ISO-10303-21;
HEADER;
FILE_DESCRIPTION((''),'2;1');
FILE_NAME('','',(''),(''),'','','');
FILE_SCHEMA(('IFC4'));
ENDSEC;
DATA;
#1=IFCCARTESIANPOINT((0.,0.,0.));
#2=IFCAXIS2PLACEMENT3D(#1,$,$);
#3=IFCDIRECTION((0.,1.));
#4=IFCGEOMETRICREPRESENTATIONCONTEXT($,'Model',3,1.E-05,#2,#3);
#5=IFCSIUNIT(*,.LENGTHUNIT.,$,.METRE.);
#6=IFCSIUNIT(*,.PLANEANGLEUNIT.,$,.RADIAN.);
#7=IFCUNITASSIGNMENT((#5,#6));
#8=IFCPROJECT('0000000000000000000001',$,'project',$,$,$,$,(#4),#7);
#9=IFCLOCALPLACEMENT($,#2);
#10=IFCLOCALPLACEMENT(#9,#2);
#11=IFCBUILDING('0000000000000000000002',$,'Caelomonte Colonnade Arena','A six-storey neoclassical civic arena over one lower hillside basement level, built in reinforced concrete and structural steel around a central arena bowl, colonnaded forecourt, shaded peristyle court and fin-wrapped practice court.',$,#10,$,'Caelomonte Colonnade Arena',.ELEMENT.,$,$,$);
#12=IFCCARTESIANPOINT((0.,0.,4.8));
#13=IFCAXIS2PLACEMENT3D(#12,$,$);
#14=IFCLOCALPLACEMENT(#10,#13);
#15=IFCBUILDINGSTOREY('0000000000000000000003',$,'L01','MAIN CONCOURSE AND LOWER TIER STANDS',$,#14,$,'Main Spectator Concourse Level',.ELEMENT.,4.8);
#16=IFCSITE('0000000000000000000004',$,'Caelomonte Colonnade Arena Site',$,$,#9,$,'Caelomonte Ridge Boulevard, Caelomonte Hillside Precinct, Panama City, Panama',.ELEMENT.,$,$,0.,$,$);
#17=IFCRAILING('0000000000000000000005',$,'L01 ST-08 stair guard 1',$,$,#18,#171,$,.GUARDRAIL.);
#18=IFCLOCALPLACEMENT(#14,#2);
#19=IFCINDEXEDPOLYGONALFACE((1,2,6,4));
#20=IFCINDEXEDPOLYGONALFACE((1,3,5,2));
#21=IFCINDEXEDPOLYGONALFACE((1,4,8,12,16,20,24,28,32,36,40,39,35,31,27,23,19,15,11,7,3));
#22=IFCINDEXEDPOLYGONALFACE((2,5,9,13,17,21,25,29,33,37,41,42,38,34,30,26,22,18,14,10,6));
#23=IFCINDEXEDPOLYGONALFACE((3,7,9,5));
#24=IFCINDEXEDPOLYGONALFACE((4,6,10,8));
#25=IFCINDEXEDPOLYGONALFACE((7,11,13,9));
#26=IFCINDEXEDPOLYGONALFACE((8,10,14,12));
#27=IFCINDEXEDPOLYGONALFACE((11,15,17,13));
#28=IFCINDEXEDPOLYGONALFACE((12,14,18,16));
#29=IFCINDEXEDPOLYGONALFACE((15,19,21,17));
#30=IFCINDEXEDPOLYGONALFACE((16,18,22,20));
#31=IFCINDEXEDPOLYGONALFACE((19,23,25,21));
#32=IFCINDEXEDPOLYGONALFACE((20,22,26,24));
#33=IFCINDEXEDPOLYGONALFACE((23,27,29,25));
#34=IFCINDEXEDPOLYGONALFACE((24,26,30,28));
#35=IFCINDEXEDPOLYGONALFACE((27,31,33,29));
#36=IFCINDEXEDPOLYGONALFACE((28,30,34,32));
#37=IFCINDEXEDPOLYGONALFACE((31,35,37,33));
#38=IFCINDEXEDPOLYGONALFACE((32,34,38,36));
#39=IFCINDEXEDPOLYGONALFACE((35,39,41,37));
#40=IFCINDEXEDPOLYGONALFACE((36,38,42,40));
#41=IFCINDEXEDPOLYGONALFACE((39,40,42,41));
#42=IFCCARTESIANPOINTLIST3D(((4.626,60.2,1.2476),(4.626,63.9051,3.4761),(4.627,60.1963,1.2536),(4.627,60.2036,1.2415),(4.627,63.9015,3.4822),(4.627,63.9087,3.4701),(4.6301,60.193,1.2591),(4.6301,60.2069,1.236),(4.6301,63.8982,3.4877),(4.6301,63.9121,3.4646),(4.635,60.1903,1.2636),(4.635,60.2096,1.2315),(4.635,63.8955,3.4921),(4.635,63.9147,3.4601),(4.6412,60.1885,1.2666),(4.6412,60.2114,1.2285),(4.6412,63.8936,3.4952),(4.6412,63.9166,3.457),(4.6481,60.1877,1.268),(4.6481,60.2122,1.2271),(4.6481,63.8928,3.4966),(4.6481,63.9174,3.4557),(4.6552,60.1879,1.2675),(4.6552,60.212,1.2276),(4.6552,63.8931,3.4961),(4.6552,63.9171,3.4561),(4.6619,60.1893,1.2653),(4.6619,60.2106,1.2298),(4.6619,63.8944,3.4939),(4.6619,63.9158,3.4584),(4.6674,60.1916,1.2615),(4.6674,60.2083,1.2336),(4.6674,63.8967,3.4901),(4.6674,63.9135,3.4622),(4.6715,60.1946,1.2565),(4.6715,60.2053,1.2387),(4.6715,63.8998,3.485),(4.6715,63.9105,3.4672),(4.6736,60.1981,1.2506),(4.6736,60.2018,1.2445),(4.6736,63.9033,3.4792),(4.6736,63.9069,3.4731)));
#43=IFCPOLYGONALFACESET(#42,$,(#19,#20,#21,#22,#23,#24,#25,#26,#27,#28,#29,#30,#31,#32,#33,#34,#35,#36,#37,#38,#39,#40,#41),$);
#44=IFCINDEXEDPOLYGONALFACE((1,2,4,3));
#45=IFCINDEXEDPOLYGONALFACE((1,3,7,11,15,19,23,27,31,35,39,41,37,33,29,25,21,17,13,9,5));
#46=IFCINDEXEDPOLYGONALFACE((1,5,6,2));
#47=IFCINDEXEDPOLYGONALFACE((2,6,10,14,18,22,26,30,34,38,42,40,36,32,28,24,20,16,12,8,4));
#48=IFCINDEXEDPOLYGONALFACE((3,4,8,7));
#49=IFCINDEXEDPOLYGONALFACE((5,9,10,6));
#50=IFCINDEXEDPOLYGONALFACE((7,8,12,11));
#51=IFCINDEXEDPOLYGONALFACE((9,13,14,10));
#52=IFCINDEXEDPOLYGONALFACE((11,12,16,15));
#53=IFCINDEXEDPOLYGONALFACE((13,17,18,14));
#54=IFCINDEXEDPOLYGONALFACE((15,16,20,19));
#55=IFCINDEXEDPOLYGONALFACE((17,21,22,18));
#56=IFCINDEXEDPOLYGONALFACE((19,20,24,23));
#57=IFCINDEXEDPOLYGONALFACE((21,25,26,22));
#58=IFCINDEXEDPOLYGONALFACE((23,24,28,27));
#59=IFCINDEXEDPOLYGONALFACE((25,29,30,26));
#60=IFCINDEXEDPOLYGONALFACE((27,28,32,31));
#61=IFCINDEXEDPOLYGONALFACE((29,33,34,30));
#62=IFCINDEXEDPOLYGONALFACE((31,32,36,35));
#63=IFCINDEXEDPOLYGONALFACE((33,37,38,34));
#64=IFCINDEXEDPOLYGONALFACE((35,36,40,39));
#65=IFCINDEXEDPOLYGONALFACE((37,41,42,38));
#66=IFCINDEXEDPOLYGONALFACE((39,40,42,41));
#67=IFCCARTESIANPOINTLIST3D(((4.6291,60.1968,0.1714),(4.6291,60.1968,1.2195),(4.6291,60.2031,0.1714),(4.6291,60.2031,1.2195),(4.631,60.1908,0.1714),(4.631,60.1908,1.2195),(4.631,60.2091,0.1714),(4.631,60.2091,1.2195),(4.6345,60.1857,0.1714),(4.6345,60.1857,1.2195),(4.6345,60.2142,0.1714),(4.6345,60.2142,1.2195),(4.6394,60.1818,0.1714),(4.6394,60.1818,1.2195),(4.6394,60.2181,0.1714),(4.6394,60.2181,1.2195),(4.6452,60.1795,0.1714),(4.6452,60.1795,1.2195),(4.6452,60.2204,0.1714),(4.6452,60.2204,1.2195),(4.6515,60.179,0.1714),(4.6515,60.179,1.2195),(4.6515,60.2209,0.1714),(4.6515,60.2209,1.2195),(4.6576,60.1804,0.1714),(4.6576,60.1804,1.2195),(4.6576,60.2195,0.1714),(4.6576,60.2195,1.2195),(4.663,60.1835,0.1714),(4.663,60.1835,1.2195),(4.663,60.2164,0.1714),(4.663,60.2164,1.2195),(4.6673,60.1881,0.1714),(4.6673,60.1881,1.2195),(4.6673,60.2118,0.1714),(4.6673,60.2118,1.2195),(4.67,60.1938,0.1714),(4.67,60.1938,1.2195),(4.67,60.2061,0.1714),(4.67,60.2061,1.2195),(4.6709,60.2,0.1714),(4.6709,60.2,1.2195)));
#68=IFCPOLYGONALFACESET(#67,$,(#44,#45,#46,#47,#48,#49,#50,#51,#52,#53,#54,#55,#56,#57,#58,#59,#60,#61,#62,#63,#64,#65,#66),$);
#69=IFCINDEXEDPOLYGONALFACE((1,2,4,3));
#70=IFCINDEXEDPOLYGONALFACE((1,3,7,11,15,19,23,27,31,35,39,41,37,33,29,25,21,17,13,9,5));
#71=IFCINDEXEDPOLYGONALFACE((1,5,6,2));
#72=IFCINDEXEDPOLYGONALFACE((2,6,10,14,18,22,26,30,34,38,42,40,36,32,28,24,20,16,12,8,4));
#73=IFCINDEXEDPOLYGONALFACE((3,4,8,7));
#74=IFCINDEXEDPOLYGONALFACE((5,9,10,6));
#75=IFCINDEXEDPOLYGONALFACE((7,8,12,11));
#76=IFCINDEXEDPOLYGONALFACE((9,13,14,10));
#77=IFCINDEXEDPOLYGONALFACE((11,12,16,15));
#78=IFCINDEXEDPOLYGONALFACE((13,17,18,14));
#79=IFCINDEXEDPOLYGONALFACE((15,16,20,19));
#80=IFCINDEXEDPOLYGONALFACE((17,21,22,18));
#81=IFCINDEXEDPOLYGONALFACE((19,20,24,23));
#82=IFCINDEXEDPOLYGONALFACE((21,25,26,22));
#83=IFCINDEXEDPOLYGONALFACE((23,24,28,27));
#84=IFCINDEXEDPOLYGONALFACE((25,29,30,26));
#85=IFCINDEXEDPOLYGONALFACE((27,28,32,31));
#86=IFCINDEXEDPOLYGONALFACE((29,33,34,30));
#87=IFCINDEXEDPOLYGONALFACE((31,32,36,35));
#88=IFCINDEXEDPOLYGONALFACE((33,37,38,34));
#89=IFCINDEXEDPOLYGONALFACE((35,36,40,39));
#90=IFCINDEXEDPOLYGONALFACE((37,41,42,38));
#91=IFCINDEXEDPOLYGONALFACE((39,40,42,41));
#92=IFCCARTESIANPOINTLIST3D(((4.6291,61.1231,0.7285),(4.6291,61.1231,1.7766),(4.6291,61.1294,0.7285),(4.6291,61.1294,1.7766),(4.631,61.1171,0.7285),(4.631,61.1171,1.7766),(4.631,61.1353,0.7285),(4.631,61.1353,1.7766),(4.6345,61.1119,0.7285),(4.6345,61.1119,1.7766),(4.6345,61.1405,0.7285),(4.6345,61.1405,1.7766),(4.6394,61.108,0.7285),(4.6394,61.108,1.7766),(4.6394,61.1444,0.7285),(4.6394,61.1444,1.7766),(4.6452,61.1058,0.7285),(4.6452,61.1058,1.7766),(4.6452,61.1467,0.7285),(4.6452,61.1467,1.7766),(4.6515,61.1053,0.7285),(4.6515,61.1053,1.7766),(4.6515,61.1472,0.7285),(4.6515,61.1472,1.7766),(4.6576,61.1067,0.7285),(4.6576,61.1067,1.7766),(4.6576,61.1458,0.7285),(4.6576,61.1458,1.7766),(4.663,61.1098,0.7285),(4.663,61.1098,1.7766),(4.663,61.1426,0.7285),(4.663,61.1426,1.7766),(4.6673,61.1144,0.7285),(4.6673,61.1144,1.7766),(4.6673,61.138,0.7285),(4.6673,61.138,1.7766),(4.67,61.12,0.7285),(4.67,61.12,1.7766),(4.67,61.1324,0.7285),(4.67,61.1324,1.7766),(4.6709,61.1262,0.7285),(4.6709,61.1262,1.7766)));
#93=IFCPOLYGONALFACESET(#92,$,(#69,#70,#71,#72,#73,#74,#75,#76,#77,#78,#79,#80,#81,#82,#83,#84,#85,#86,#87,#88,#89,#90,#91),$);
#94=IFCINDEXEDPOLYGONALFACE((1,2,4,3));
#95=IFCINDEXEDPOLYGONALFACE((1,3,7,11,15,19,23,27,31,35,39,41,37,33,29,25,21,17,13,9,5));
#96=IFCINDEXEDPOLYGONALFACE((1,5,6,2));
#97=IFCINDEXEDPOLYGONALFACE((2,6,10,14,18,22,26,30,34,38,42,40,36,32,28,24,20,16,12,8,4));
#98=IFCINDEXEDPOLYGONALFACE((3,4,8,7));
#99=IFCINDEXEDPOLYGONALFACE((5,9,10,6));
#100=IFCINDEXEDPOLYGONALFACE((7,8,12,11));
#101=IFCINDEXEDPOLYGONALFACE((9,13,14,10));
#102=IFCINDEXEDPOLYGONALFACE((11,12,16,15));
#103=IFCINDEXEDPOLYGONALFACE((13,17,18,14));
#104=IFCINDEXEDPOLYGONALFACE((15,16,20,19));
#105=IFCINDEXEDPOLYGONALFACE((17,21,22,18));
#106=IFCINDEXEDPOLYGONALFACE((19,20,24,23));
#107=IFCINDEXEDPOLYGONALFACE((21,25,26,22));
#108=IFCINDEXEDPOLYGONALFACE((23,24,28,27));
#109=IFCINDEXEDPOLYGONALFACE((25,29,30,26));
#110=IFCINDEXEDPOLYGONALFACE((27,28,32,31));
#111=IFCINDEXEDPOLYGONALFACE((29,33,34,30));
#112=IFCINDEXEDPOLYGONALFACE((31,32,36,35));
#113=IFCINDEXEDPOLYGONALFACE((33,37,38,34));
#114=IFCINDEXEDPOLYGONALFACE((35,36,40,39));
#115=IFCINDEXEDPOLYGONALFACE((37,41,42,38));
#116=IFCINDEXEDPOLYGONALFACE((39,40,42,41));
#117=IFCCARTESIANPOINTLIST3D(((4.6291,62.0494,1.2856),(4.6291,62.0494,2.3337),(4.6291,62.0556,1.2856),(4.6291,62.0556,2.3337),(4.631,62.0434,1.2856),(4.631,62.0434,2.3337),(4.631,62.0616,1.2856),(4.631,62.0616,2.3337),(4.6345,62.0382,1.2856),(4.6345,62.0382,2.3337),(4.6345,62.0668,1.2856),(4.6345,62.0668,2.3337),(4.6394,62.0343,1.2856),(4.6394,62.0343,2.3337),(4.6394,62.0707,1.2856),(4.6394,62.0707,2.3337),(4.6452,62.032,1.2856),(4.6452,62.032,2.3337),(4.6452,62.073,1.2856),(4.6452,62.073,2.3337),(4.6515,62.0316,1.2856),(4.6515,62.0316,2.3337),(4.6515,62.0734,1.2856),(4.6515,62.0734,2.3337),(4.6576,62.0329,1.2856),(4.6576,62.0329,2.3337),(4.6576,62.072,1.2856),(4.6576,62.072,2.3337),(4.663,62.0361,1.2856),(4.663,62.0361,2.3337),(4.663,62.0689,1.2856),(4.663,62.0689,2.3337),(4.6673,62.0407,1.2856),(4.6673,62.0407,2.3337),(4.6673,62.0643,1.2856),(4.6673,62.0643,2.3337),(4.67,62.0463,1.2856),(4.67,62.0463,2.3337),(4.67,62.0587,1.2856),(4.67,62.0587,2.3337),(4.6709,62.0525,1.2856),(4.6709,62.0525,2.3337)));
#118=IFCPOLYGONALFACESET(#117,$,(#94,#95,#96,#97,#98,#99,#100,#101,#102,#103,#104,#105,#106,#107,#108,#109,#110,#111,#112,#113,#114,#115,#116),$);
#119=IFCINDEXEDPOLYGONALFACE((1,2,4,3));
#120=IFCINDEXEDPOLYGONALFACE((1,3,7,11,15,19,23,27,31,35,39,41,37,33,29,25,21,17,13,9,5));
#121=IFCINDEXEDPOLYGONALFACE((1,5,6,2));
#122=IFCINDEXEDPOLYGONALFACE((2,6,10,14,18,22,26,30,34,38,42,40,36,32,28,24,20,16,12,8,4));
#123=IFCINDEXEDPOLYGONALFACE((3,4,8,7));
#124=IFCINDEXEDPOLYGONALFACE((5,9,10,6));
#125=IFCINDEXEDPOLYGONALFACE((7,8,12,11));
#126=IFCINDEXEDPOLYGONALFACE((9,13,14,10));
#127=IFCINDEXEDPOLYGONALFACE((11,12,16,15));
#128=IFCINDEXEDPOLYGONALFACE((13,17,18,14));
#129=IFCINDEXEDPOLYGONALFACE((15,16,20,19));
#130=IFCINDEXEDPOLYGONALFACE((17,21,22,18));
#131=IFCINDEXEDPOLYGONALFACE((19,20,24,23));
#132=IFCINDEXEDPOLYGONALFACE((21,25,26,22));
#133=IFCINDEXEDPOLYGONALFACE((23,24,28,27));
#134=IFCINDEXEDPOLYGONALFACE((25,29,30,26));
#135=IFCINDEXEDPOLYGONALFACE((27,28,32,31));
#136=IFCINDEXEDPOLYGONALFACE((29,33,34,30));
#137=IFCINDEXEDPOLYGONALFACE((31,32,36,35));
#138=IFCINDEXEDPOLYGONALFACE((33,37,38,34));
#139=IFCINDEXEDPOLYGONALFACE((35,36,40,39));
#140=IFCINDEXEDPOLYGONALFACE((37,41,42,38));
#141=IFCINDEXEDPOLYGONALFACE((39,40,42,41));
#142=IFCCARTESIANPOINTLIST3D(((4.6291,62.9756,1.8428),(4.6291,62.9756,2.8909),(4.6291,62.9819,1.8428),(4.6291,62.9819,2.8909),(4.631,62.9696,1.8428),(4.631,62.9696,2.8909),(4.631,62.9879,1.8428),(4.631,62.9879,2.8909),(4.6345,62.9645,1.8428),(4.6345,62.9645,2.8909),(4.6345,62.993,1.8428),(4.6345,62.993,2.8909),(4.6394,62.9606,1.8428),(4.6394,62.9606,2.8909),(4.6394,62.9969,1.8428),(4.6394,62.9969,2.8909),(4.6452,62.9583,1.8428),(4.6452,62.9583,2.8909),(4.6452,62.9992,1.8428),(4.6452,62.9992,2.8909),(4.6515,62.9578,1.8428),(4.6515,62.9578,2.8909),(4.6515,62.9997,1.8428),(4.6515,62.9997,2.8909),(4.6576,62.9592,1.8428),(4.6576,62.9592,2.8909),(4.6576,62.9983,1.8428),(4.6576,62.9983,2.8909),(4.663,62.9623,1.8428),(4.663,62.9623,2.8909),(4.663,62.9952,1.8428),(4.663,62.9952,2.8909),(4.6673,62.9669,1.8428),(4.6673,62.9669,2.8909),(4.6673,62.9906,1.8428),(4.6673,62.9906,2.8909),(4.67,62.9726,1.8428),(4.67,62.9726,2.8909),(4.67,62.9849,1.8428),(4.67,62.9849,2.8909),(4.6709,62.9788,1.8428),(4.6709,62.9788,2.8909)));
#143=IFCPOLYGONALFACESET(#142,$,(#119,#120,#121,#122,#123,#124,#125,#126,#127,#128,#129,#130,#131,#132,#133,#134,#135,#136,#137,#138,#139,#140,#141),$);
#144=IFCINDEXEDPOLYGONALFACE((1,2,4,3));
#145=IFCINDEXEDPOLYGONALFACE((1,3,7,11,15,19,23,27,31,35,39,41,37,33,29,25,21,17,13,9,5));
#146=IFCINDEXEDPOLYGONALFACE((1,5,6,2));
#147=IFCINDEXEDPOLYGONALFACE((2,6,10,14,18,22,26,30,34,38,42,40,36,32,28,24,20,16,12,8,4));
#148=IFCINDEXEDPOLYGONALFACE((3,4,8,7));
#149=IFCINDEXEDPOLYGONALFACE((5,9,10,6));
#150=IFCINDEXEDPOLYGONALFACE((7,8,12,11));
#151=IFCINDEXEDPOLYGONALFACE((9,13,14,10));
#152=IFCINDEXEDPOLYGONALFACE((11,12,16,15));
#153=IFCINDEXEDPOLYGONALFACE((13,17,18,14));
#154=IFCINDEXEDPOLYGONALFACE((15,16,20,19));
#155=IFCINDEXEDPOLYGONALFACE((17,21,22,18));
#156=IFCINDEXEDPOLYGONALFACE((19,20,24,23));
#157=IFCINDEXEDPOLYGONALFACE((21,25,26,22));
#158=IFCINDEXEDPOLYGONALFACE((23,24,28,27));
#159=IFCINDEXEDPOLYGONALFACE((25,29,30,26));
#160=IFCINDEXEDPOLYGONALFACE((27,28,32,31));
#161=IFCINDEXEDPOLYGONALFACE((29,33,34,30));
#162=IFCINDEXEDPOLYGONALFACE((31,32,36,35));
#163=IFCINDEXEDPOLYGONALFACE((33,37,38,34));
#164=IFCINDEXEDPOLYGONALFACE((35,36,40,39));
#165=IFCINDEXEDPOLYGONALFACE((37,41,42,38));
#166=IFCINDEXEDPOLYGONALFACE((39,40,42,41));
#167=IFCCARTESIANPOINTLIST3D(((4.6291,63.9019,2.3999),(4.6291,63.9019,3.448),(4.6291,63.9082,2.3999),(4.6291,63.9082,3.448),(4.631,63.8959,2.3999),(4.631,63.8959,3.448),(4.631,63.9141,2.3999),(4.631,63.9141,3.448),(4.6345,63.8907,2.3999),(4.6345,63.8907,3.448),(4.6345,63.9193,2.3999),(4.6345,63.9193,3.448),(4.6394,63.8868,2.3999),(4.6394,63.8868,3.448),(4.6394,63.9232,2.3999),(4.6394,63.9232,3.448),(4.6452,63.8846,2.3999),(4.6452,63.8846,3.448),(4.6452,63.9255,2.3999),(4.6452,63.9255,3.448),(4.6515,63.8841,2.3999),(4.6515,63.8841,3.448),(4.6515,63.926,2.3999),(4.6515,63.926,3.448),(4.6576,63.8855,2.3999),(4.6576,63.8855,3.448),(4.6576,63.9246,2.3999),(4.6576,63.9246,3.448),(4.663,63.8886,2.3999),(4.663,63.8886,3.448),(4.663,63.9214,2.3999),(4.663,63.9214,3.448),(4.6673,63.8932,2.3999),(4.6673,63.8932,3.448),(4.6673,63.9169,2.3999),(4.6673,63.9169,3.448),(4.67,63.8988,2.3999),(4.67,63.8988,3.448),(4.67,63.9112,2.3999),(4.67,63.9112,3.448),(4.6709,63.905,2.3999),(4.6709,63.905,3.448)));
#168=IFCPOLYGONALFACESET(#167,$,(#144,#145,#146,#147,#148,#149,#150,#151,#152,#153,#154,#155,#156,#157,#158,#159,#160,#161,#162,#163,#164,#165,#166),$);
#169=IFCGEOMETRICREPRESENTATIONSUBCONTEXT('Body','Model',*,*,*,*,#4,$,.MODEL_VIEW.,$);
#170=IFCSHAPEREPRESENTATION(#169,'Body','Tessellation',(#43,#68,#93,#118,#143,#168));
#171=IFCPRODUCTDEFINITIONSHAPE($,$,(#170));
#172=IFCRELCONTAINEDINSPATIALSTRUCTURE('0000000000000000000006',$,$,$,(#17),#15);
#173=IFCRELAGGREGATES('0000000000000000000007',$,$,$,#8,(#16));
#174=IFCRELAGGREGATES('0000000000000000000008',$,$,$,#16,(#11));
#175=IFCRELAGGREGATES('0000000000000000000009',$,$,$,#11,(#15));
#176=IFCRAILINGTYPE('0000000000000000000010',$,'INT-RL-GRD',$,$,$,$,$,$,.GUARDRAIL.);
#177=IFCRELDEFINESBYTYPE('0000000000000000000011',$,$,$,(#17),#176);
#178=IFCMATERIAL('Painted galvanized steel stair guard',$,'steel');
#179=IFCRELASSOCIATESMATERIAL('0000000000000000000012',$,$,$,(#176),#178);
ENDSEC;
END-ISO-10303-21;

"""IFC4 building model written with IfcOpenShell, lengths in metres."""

from ifc_helpers import new_model, si_unit, direction, frame, origin, origin_2d, place, context, subcontext, project, spatial, circle, extrude, material, type_object, element, save


model = new_model("IFC4")

# Units and contexts
model_context = context("Model", 3, precision=1e-05, world=origin(), true_north=direction((0.0, 1.0)))
body_context = subcontext(model_context, "Body", "Model", "MODEL_VIEW")
ifc_project = project(units=[si_unit("LENGTHUNIT", "METRE"), si_unit("PLANEANGLEUNIT", "RADIAN")], contexts=[model_context])

# Site, building, storey
site_placement = place(None, origin())
site = spatial("IfcSite", under=ifc_project, at=site_placement, Name="Caelomonte Colonnade Arena Site", LongName="Caelomonte Ridge Boulevard, Caelomonte Hillside Precinct, Panama City, Panama", CompositionType="ELEMENT", RefElevation=0.0)
building_placement = place(site_placement, origin())
building = spatial("IfcBuilding", under=site, at=building_placement, Name="Caelomonte Colonnade Arena", Description="A six-storey neoclassical civic arena over one lower hillside basement level, built in reinforced concrete and structural steel around a central arena bowl, colonnaded forecourt, shaded peristyle court and fin-wrapped practice court.", LongName="Caelomonte Colonnade Arena", CompositionType="ELEMENT")
storey_placement = place(building_placement, frame((0.0, 0.0, 4.8)))
storey = spatial("IfcBuildingStorey", under=building, at=storey_placement, Name="L01", Description="MAIN CONCOURSE AND LOWER TIER STANDS", LongName="Main Spectator Concourse Level", CompositionType="ELEMENT", Elevation=4.8)

# Railing
ifc_material_1 = material(Name="Painted galvanized steel stair guard", Category="steel")
railing_type_1 = type_object("IfcRailingType", Name="INT-RL-GRD", PredefinedType="GUARDRAIL", material=ifc_material_1)
railing_1_placement = place(storey_placement, frame((4.6499, 60.2, 0.1714)))
element("IfcRailing", 1, at=railing_1_placement, inside=storey, type_object=railing_type_1, Name="L01 ST-08 stair guard 1", PredefinedType="GUARDRAIL", context=body_context, shape_type="SweptSolid", body=[
    extrude(circle(Radius=0.0239, at=origin_2d()), frame((0.0, 0.0, 1.0762), z_axis=(0.0, 0.856934, 0.515425), x_axis=(-1.0, 0.0, 0.0)), (0.0, 0.0, 1.0), 4.3237),
    extrude(circle(Radius=0.021, at=origin_2d()), origin(), (0.0, 0.0, 1.0), 1.0481),
    extrude(circle(Radius=0.021, at=origin_2d()), frame((0.0, 0.9263, 0.5571)), (0.0, 0.0, 1.0), 1.0481),
    extrude(circle(Radius=0.021, at=origin_2d()), frame((0.0, 1.8525, 1.1143)), (0.0, 0.0, 1.0), 1.0481),
    extrude(circle(Radius=0.021, at=origin_2d()), frame((0.0, 2.7788, 1.6714)), (0.0, 0.0, 1.0), 1.0481),
    extrude(circle(Radius=0.021, at=origin_2d()), frame((0.0, 3.7051, 2.2285)), (0.0, 0.0, 1.0), 1.0481),
])

save(model, "model.ifc")
